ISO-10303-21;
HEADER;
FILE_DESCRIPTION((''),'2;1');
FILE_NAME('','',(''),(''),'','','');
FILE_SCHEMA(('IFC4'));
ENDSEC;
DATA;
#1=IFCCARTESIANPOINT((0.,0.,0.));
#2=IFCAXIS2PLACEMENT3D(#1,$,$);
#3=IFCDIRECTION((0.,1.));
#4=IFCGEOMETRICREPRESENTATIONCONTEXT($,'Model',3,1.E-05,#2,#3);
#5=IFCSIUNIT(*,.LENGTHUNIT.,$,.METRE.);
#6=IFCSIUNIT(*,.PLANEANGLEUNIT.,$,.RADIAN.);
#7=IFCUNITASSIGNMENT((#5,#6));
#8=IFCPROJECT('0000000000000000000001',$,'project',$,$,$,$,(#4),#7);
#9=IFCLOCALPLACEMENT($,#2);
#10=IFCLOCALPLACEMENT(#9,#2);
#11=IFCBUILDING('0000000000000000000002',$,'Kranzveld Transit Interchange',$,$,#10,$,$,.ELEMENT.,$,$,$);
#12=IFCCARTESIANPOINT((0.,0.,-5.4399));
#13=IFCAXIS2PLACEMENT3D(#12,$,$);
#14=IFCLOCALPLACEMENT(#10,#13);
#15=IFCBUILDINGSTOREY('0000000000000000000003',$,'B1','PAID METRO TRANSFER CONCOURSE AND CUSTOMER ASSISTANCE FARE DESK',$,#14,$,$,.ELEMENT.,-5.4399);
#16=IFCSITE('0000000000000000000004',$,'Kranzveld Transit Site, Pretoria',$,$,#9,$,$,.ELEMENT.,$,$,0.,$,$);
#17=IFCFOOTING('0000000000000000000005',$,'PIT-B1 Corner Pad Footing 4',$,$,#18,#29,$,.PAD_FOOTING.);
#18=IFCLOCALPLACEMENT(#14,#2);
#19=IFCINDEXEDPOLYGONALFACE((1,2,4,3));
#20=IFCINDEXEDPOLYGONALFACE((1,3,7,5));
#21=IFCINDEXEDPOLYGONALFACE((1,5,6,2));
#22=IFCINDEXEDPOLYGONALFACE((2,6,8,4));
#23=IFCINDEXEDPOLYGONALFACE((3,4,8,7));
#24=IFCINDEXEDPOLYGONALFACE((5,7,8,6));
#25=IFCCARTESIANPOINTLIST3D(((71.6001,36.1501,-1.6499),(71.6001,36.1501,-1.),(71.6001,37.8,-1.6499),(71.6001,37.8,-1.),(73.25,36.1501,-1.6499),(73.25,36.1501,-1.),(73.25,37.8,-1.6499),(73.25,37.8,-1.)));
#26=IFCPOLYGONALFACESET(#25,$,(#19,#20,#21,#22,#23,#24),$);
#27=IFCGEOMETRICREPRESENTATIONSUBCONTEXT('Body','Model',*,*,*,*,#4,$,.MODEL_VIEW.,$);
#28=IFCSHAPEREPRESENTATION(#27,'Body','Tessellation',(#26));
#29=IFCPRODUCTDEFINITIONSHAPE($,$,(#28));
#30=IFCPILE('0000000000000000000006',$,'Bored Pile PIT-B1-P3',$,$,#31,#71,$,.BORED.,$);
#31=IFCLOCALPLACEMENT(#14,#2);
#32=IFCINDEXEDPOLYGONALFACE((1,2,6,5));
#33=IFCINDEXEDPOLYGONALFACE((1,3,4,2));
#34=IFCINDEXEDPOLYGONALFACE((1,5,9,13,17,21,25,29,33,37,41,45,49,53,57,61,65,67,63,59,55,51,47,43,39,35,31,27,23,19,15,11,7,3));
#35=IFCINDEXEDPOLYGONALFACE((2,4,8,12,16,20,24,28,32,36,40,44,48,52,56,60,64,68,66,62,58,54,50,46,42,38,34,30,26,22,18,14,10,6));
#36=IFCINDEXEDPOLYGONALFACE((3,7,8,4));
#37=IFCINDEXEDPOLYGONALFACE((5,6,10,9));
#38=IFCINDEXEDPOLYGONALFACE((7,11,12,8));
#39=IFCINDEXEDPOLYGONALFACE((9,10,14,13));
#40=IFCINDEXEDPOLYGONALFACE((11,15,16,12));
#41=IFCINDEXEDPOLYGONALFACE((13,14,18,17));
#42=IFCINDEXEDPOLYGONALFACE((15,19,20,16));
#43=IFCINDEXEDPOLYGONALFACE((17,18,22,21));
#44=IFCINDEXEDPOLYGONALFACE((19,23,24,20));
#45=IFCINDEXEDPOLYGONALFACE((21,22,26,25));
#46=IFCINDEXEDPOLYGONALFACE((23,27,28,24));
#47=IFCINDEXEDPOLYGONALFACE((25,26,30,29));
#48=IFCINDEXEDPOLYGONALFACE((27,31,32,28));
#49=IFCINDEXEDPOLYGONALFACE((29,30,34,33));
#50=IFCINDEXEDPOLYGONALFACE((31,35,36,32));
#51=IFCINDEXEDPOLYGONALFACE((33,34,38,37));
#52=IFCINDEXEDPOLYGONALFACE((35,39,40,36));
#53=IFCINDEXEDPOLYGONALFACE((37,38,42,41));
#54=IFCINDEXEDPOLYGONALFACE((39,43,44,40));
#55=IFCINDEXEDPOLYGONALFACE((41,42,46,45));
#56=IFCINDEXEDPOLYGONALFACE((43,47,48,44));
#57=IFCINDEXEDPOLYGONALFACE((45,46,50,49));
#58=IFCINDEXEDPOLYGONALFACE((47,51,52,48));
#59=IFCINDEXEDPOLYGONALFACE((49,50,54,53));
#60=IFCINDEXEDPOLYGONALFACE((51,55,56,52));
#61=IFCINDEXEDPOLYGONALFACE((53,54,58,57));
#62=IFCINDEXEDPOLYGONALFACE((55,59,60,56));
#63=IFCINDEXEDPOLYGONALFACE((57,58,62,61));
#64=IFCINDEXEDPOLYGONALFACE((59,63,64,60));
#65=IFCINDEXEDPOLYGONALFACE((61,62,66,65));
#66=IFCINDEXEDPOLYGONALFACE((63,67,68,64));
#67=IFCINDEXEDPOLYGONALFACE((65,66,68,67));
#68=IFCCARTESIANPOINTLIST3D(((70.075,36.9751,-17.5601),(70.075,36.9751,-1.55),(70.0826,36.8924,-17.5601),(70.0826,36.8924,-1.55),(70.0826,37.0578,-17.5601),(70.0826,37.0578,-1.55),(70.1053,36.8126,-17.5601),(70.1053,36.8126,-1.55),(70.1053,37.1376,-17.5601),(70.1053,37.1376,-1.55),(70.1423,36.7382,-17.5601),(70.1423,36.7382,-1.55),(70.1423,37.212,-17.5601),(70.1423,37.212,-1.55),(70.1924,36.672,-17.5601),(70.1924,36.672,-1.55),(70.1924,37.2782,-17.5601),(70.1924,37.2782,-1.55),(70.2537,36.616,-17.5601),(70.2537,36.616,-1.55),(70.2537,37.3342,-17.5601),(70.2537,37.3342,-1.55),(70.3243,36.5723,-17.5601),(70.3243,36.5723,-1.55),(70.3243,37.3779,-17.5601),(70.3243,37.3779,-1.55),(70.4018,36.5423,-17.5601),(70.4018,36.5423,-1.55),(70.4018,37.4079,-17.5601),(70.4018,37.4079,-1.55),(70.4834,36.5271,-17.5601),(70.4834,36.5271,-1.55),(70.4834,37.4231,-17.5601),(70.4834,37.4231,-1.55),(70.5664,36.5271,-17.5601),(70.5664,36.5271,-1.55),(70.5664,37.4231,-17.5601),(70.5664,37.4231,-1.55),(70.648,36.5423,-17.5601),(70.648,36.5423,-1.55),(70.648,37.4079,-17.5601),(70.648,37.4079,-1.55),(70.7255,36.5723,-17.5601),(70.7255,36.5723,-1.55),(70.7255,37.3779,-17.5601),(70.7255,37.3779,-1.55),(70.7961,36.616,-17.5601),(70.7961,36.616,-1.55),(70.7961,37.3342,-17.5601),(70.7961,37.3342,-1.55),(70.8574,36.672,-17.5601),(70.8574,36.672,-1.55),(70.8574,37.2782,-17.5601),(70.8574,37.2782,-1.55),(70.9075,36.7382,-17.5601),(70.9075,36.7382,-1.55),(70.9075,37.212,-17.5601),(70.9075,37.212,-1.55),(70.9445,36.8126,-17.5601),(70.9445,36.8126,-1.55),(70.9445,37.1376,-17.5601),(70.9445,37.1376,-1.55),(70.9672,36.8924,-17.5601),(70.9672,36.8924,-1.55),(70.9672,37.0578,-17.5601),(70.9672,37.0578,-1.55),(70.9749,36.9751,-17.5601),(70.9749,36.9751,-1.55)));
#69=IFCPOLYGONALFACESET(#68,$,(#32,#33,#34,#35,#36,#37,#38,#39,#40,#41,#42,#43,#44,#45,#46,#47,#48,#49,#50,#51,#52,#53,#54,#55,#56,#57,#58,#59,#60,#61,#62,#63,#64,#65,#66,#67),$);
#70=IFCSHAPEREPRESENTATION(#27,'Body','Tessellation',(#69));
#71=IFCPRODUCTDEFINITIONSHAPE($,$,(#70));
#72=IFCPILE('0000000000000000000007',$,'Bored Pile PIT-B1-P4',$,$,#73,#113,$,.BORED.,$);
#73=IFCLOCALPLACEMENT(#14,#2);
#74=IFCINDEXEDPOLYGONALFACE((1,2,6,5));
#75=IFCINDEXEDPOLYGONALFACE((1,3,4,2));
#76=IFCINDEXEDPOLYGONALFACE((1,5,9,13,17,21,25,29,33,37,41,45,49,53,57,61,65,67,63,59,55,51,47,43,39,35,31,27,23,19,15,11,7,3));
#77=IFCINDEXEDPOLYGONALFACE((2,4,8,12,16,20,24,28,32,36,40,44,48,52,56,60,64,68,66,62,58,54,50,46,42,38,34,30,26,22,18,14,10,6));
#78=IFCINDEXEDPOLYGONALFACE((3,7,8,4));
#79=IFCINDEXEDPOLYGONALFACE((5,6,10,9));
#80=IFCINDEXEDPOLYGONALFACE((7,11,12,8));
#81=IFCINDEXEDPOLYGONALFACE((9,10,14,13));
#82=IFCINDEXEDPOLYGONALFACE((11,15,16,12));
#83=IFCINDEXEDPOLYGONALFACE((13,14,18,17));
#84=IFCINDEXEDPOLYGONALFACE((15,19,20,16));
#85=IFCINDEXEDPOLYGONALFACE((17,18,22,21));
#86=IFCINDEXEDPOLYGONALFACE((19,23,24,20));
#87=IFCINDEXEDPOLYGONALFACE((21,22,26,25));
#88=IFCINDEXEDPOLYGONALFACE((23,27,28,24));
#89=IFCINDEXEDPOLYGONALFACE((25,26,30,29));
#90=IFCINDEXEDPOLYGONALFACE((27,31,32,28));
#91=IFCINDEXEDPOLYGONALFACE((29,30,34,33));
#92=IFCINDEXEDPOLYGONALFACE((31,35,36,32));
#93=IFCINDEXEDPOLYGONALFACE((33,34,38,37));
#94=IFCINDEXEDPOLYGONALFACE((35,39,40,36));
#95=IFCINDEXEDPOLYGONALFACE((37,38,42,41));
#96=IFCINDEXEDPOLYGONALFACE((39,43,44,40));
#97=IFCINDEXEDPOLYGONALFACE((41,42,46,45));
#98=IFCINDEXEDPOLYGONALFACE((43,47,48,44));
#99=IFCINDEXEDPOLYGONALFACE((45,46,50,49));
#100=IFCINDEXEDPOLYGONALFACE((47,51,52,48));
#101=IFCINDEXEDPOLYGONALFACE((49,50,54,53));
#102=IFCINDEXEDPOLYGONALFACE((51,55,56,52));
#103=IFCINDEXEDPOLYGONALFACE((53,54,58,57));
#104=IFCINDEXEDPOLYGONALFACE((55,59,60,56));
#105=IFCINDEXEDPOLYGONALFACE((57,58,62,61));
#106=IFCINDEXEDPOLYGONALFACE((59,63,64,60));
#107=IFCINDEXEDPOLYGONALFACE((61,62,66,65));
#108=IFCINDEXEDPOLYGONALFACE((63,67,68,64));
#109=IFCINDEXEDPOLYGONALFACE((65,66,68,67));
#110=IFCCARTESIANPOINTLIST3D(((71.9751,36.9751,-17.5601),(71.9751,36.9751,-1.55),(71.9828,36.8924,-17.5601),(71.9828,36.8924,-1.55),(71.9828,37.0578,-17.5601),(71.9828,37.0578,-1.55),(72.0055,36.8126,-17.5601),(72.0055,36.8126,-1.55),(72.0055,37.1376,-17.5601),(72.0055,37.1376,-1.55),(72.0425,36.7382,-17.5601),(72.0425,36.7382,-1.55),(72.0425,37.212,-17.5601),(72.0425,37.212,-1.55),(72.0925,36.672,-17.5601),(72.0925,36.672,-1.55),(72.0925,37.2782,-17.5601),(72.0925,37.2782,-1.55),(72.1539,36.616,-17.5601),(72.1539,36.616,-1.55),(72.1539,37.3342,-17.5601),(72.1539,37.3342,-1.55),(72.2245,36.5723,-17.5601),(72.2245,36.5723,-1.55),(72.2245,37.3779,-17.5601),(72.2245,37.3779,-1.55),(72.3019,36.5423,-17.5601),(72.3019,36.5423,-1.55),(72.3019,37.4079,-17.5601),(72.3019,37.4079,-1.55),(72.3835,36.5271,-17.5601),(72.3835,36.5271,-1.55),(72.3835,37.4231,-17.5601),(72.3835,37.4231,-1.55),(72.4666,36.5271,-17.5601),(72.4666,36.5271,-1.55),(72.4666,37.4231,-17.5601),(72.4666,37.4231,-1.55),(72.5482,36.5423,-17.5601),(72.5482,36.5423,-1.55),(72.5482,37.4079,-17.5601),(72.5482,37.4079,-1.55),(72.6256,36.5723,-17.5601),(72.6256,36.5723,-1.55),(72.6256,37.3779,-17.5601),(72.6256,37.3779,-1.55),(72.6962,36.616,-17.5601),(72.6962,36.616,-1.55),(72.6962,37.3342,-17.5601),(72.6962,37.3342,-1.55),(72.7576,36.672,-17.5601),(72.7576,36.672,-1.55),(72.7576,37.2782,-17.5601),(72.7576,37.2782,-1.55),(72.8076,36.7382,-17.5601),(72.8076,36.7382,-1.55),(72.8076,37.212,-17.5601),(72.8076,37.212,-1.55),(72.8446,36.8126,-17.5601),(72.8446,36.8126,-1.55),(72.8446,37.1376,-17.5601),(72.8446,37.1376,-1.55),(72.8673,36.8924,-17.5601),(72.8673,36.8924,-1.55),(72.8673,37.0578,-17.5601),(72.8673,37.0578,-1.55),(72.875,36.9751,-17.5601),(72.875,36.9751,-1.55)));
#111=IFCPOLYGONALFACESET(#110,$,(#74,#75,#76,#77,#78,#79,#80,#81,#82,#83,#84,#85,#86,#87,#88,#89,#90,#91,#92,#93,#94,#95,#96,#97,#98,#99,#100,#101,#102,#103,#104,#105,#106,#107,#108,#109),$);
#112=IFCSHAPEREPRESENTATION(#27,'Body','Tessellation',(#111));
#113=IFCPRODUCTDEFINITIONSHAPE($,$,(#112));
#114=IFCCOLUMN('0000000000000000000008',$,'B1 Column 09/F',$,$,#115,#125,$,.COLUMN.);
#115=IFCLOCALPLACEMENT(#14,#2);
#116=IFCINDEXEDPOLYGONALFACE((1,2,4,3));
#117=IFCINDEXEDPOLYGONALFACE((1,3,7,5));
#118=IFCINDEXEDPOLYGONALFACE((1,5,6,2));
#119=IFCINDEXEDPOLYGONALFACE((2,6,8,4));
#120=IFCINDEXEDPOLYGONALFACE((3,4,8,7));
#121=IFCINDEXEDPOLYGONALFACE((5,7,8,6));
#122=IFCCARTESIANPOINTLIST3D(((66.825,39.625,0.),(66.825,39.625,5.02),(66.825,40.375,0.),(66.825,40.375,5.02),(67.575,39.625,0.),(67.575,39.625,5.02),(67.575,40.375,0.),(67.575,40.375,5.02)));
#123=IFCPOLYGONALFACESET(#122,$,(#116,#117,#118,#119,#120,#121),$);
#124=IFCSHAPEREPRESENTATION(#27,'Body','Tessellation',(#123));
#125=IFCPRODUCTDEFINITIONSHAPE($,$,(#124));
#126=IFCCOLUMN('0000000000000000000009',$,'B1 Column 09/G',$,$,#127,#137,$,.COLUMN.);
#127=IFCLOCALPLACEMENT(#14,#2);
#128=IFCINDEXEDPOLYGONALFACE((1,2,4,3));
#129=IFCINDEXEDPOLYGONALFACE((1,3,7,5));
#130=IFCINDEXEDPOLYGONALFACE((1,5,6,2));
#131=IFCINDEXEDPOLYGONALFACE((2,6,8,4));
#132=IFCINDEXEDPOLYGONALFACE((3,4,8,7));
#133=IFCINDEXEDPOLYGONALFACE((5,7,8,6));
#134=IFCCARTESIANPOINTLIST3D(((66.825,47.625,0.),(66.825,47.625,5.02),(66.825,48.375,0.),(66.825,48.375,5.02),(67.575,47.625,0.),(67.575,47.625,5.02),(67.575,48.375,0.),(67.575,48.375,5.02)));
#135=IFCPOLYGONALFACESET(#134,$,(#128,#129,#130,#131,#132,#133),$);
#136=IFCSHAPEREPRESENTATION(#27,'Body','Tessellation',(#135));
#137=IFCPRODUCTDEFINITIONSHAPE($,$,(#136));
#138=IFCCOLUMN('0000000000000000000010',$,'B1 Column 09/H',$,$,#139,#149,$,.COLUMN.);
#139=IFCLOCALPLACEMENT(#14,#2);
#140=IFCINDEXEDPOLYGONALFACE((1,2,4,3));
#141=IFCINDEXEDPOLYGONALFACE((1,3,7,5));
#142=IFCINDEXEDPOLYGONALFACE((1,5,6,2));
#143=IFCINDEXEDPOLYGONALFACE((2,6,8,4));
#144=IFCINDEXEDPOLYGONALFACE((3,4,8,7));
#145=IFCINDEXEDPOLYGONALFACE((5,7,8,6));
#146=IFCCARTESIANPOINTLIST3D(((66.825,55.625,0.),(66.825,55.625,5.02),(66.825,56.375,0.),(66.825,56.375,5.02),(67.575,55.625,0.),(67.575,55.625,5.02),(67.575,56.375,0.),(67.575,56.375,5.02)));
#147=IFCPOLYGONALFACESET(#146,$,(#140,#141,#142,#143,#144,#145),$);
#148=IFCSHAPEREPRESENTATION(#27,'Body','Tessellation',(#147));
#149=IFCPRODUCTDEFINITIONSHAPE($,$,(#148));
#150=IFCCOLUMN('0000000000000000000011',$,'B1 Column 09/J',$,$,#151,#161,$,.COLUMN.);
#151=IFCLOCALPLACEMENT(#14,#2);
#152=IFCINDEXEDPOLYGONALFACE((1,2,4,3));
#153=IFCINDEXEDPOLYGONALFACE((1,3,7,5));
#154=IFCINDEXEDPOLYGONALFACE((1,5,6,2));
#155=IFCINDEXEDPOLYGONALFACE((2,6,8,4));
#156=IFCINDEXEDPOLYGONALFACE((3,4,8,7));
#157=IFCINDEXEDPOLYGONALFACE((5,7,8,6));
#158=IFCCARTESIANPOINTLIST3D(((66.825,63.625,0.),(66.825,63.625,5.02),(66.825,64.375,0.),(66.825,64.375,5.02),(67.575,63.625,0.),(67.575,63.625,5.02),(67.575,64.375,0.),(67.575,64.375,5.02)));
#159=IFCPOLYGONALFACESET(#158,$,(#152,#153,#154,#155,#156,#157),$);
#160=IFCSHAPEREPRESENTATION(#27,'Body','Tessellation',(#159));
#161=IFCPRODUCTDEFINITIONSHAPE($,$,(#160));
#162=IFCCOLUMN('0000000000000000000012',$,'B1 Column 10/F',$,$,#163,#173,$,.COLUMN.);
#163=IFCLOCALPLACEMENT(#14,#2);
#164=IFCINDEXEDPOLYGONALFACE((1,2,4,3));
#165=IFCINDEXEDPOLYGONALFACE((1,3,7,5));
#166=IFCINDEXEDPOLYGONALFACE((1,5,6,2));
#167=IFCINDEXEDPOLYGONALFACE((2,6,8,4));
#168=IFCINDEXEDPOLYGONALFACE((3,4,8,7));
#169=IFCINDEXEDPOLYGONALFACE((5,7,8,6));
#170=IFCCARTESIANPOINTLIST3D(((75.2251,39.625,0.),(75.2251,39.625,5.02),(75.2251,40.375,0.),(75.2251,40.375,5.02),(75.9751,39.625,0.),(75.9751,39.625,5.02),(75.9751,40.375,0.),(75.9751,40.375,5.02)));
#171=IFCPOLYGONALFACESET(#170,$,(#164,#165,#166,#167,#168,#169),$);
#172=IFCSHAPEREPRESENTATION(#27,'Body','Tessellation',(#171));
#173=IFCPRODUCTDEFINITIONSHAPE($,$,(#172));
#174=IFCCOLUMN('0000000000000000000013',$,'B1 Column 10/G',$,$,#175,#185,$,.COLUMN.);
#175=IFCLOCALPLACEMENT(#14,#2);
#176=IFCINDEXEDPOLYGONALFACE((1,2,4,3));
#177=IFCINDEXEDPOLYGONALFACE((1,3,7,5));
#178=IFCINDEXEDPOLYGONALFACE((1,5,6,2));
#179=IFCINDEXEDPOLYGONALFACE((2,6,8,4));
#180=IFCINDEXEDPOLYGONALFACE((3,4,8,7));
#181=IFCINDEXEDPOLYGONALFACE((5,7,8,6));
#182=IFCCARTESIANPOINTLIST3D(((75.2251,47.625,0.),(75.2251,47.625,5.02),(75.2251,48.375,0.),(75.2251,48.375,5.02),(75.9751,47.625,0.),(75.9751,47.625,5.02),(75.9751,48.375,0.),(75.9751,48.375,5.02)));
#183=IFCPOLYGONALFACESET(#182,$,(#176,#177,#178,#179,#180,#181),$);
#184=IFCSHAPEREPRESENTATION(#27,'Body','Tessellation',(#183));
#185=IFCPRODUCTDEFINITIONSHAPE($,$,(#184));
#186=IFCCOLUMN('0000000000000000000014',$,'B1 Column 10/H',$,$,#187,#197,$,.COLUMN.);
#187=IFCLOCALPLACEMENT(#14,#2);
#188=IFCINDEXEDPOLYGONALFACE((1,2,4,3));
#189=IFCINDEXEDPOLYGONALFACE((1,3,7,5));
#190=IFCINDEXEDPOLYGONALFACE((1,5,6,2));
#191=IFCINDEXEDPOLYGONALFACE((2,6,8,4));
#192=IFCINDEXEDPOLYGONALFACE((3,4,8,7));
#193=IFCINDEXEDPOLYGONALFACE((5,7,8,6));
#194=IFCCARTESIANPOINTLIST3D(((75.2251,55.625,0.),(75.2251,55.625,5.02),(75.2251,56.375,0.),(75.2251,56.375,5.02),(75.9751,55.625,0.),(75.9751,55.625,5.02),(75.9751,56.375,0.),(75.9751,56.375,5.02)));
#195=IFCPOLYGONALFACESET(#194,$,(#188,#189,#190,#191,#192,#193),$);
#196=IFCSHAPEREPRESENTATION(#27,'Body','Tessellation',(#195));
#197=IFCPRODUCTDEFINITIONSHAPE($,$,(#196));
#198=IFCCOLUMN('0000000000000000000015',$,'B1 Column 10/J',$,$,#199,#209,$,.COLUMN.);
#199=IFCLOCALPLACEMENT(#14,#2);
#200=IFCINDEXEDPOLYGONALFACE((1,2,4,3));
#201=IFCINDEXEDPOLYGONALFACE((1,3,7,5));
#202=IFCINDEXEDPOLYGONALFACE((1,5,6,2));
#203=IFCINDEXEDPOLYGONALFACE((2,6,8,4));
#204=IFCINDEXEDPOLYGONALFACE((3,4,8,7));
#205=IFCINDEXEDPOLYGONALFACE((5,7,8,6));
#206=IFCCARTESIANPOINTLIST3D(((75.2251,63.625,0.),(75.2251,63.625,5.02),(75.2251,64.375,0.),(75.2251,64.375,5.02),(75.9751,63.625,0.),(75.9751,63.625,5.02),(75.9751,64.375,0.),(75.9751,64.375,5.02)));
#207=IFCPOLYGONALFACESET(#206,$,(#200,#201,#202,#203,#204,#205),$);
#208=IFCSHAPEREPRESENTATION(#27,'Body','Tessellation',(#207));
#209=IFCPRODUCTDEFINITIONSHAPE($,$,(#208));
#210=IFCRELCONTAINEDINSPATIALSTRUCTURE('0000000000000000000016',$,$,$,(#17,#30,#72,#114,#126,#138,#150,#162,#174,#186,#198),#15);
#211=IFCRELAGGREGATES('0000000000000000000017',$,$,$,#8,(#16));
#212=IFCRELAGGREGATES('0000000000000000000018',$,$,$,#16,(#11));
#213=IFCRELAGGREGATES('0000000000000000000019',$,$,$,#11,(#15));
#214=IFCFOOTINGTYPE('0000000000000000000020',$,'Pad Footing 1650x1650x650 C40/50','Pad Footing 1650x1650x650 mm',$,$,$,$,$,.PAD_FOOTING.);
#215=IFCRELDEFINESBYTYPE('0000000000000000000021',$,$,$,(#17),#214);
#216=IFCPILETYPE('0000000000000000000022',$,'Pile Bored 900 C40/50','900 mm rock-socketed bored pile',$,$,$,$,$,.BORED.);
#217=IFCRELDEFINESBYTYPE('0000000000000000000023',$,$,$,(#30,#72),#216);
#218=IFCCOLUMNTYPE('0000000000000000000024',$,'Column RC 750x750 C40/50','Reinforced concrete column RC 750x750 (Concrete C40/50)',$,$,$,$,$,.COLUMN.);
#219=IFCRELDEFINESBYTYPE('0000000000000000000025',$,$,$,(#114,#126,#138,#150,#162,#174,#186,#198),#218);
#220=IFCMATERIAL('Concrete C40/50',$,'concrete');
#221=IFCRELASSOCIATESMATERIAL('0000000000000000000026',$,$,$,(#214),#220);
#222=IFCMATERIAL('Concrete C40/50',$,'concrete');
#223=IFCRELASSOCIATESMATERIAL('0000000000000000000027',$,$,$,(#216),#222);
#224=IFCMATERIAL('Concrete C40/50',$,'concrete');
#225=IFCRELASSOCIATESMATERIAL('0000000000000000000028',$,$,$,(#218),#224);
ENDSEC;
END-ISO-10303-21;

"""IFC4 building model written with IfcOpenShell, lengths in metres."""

from ifc_helpers import new_model, si_unit, direction, frame, origin, origin_2d, place, context, subcontext, project, spatial, rectangle, circle, extrude, material, material_profile, profile_set, type_object, element, save


model = new_model("IFC4")

# Units and contexts
model_context = context("Model", 3, precision=1e-05, world=origin(), true_north=direction((0.0, 1.0)))
body_context = subcontext(model_context, "Body", "Model", "MODEL_VIEW")
ifc_project = project(units=[si_unit("LENGTHUNIT", "METRE"), si_unit("PLANEANGLEUNIT", "RADIAN")], contexts=[model_context])

# Site, building, storey
site_placement = place(None, origin())
site = spatial("IfcSite", under=ifc_project, at=site_placement, Name="Kranzveld Transit Site, Pretoria", CompositionType="ELEMENT", RefElevation=0.0)
building_placement = place(site_placement, origin())
building = spatial("IfcBuilding", under=site, at=building_placement, Name="Kranzveld Transit Interchange", CompositionType="ELEMENT")
storey_placement = place(building_placement, frame((0.0, 0.0, -5.4399)))
storey = spatial("IfcBuildingStorey", under=building, at=storey_placement, Name="B1", Description="PAID METRO TRANSFER CONCOURSE AND CUSTOMER ASSISTANCE FARE DESK", CompositionType="ELEMENT", Elevation=-5.4399)

# Footing
ifc_material_1 = material(Name="Concrete C40/50", Category="concrete")
footing_type = type_object("IfcFootingType", Name="Pad Footing 1650x1650x650 C40/50", Description="Pad Footing 1650x1650x650 mm", PredefinedType="PAD_FOOTING", material=ifc_material_1)
footing_placement = place(storey_placement, frame((72.425, 36.9751, -1.6499), z_axis=(0.0, 0.0, 1.0), x_axis=(1.0, 0.0, 0.0)))
element("IfcFooting", 1, at=footing_placement, inside=storey, type_object=footing_type, Name="PIT-B1 Corner Pad Footing 4", PredefinedType="PAD_FOOTING", context=body_context, shape_type="SweptSolid", body=[
    extrude(rectangle(XDim=1.6499, YDim=1.6499, at=origin_2d()), origin(), (0.0, 0.0, 1.0), 0.6499),
])

# Piles
ifc_material_2 = material(Name="Concrete C40/50", Category="concrete")
ifc_material_profile_1 = material_profile(ifc_material_2, circle(Radius=0.45, at=origin_2d()), Name="BORED PILE 900")
ifc_profile_set_1 = profile_set([ifc_material_profile_1], Name="Concrete C40/50")
pile_type = type_object("IfcPileType", Name="Pile Bored 900 C40/50", Description="900 mm rock-socketed bored pile", PredefinedType="BORED", material=ifc_profile_set_1)
for number, where, z_axis, x_axis, name in (
    (2, (70.5249, 36.9751, -1.55), (0.0, 0.0, -1.0), (1.0, 0.0, 0.0), "Bored Pile PIT-B1-P3"),
    (3, (72.425, 36.9751, -1.55), (0.0, 0.0, -1.0), (1.0, 0.0, 0.0), "Bored Pile PIT-B1-P4"),
):
    element("IfcPile", number, at=place(storey_placement, frame(where, z_axis=z_axis, x_axis=x_axis)), inside=storey, type_object=pile_type, Name=name, PredefinedType="BORED", context=body_context, shape_type="SweptSolid", body=[
        extrude(circle(Radius=0.45, at=origin_2d()), origin(), (0.0, 0.0, 1.0), 16.01),
    ])

# Columns
ifc_material_3 = material(Name="Concrete C40/50", Category="concrete")
ifc_material_profile_2 = material_profile(ifc_material_3, rectangle(XDim=0.75, YDim=0.75, at=origin_2d()), Name="RC 750x750")
ifc_profile_set_2 = profile_set([ifc_material_profile_2], Name="Concrete C40/50")
column_type = type_object("IfcColumnType", Name="Column RC 750x750 C40/50", Description="Reinforced concrete column RC 750x750 (Concrete C40/50)", PredefinedType="COLUMN", material=ifc_profile_set_2)
for number, where, z_axis, x_axis, name in (
    (4, (67.2, 40.0, 0.0), (0.0, 0.0, 1.0), (1.0, 0.0, 0.0), "B1 Column 09/F"),
    (5, (67.2, 48.0, 0.0), (0.0, 0.0, 1.0), (1.0, 0.0, 0.0), "B1 Column 09/G"),
    (6, (67.2, 56.0, 0.0), (0.0, 0.0, 1.0), (1.0, 0.0, 0.0), "B1 Column 09/H"),
    (7, (67.2, 64.0, 0.0), (0.0, 0.0, 1.0), (1.0, 0.0, 0.0), "B1 Column 09/J"),
    (8, (75.6001, 40.0, 0.0), (0.0, 0.0, 1.0), (1.0, 0.0, 0.0), "B1 Column 10/F"),
    (9, (75.6001, 48.0, 0.0), (0.0, 0.0, 1.0), (1.0, 0.0, 0.0), "B1 Column 10/G"),
    (10, (75.6001, 56.0, 0.0), (0.0, 0.0, 1.0), (1.0, 0.0, 0.0), "B1 Column 10/H"),
    (11, (75.6001, 64.0, 0.0), (0.0, 0.0, 1.0), (1.0, 0.0, 0.0), "B1 Column 10/J"),
):
    element("IfcColumn", number, at=place(storey_placement, frame(where, z_axis=z_axis, x_axis=x_axis)), inside=storey, type_object=column_type, Name=name, PredefinedType="COLUMN", context=body_context, shape_type="SweptSolid", body=[
        extrude(rectangle(XDim=0.75, YDim=0.75, at=origin_2d()), origin(), (0.0, 0.0, 1.0), 5.02),
    ])

save(model, "model.ifc")
